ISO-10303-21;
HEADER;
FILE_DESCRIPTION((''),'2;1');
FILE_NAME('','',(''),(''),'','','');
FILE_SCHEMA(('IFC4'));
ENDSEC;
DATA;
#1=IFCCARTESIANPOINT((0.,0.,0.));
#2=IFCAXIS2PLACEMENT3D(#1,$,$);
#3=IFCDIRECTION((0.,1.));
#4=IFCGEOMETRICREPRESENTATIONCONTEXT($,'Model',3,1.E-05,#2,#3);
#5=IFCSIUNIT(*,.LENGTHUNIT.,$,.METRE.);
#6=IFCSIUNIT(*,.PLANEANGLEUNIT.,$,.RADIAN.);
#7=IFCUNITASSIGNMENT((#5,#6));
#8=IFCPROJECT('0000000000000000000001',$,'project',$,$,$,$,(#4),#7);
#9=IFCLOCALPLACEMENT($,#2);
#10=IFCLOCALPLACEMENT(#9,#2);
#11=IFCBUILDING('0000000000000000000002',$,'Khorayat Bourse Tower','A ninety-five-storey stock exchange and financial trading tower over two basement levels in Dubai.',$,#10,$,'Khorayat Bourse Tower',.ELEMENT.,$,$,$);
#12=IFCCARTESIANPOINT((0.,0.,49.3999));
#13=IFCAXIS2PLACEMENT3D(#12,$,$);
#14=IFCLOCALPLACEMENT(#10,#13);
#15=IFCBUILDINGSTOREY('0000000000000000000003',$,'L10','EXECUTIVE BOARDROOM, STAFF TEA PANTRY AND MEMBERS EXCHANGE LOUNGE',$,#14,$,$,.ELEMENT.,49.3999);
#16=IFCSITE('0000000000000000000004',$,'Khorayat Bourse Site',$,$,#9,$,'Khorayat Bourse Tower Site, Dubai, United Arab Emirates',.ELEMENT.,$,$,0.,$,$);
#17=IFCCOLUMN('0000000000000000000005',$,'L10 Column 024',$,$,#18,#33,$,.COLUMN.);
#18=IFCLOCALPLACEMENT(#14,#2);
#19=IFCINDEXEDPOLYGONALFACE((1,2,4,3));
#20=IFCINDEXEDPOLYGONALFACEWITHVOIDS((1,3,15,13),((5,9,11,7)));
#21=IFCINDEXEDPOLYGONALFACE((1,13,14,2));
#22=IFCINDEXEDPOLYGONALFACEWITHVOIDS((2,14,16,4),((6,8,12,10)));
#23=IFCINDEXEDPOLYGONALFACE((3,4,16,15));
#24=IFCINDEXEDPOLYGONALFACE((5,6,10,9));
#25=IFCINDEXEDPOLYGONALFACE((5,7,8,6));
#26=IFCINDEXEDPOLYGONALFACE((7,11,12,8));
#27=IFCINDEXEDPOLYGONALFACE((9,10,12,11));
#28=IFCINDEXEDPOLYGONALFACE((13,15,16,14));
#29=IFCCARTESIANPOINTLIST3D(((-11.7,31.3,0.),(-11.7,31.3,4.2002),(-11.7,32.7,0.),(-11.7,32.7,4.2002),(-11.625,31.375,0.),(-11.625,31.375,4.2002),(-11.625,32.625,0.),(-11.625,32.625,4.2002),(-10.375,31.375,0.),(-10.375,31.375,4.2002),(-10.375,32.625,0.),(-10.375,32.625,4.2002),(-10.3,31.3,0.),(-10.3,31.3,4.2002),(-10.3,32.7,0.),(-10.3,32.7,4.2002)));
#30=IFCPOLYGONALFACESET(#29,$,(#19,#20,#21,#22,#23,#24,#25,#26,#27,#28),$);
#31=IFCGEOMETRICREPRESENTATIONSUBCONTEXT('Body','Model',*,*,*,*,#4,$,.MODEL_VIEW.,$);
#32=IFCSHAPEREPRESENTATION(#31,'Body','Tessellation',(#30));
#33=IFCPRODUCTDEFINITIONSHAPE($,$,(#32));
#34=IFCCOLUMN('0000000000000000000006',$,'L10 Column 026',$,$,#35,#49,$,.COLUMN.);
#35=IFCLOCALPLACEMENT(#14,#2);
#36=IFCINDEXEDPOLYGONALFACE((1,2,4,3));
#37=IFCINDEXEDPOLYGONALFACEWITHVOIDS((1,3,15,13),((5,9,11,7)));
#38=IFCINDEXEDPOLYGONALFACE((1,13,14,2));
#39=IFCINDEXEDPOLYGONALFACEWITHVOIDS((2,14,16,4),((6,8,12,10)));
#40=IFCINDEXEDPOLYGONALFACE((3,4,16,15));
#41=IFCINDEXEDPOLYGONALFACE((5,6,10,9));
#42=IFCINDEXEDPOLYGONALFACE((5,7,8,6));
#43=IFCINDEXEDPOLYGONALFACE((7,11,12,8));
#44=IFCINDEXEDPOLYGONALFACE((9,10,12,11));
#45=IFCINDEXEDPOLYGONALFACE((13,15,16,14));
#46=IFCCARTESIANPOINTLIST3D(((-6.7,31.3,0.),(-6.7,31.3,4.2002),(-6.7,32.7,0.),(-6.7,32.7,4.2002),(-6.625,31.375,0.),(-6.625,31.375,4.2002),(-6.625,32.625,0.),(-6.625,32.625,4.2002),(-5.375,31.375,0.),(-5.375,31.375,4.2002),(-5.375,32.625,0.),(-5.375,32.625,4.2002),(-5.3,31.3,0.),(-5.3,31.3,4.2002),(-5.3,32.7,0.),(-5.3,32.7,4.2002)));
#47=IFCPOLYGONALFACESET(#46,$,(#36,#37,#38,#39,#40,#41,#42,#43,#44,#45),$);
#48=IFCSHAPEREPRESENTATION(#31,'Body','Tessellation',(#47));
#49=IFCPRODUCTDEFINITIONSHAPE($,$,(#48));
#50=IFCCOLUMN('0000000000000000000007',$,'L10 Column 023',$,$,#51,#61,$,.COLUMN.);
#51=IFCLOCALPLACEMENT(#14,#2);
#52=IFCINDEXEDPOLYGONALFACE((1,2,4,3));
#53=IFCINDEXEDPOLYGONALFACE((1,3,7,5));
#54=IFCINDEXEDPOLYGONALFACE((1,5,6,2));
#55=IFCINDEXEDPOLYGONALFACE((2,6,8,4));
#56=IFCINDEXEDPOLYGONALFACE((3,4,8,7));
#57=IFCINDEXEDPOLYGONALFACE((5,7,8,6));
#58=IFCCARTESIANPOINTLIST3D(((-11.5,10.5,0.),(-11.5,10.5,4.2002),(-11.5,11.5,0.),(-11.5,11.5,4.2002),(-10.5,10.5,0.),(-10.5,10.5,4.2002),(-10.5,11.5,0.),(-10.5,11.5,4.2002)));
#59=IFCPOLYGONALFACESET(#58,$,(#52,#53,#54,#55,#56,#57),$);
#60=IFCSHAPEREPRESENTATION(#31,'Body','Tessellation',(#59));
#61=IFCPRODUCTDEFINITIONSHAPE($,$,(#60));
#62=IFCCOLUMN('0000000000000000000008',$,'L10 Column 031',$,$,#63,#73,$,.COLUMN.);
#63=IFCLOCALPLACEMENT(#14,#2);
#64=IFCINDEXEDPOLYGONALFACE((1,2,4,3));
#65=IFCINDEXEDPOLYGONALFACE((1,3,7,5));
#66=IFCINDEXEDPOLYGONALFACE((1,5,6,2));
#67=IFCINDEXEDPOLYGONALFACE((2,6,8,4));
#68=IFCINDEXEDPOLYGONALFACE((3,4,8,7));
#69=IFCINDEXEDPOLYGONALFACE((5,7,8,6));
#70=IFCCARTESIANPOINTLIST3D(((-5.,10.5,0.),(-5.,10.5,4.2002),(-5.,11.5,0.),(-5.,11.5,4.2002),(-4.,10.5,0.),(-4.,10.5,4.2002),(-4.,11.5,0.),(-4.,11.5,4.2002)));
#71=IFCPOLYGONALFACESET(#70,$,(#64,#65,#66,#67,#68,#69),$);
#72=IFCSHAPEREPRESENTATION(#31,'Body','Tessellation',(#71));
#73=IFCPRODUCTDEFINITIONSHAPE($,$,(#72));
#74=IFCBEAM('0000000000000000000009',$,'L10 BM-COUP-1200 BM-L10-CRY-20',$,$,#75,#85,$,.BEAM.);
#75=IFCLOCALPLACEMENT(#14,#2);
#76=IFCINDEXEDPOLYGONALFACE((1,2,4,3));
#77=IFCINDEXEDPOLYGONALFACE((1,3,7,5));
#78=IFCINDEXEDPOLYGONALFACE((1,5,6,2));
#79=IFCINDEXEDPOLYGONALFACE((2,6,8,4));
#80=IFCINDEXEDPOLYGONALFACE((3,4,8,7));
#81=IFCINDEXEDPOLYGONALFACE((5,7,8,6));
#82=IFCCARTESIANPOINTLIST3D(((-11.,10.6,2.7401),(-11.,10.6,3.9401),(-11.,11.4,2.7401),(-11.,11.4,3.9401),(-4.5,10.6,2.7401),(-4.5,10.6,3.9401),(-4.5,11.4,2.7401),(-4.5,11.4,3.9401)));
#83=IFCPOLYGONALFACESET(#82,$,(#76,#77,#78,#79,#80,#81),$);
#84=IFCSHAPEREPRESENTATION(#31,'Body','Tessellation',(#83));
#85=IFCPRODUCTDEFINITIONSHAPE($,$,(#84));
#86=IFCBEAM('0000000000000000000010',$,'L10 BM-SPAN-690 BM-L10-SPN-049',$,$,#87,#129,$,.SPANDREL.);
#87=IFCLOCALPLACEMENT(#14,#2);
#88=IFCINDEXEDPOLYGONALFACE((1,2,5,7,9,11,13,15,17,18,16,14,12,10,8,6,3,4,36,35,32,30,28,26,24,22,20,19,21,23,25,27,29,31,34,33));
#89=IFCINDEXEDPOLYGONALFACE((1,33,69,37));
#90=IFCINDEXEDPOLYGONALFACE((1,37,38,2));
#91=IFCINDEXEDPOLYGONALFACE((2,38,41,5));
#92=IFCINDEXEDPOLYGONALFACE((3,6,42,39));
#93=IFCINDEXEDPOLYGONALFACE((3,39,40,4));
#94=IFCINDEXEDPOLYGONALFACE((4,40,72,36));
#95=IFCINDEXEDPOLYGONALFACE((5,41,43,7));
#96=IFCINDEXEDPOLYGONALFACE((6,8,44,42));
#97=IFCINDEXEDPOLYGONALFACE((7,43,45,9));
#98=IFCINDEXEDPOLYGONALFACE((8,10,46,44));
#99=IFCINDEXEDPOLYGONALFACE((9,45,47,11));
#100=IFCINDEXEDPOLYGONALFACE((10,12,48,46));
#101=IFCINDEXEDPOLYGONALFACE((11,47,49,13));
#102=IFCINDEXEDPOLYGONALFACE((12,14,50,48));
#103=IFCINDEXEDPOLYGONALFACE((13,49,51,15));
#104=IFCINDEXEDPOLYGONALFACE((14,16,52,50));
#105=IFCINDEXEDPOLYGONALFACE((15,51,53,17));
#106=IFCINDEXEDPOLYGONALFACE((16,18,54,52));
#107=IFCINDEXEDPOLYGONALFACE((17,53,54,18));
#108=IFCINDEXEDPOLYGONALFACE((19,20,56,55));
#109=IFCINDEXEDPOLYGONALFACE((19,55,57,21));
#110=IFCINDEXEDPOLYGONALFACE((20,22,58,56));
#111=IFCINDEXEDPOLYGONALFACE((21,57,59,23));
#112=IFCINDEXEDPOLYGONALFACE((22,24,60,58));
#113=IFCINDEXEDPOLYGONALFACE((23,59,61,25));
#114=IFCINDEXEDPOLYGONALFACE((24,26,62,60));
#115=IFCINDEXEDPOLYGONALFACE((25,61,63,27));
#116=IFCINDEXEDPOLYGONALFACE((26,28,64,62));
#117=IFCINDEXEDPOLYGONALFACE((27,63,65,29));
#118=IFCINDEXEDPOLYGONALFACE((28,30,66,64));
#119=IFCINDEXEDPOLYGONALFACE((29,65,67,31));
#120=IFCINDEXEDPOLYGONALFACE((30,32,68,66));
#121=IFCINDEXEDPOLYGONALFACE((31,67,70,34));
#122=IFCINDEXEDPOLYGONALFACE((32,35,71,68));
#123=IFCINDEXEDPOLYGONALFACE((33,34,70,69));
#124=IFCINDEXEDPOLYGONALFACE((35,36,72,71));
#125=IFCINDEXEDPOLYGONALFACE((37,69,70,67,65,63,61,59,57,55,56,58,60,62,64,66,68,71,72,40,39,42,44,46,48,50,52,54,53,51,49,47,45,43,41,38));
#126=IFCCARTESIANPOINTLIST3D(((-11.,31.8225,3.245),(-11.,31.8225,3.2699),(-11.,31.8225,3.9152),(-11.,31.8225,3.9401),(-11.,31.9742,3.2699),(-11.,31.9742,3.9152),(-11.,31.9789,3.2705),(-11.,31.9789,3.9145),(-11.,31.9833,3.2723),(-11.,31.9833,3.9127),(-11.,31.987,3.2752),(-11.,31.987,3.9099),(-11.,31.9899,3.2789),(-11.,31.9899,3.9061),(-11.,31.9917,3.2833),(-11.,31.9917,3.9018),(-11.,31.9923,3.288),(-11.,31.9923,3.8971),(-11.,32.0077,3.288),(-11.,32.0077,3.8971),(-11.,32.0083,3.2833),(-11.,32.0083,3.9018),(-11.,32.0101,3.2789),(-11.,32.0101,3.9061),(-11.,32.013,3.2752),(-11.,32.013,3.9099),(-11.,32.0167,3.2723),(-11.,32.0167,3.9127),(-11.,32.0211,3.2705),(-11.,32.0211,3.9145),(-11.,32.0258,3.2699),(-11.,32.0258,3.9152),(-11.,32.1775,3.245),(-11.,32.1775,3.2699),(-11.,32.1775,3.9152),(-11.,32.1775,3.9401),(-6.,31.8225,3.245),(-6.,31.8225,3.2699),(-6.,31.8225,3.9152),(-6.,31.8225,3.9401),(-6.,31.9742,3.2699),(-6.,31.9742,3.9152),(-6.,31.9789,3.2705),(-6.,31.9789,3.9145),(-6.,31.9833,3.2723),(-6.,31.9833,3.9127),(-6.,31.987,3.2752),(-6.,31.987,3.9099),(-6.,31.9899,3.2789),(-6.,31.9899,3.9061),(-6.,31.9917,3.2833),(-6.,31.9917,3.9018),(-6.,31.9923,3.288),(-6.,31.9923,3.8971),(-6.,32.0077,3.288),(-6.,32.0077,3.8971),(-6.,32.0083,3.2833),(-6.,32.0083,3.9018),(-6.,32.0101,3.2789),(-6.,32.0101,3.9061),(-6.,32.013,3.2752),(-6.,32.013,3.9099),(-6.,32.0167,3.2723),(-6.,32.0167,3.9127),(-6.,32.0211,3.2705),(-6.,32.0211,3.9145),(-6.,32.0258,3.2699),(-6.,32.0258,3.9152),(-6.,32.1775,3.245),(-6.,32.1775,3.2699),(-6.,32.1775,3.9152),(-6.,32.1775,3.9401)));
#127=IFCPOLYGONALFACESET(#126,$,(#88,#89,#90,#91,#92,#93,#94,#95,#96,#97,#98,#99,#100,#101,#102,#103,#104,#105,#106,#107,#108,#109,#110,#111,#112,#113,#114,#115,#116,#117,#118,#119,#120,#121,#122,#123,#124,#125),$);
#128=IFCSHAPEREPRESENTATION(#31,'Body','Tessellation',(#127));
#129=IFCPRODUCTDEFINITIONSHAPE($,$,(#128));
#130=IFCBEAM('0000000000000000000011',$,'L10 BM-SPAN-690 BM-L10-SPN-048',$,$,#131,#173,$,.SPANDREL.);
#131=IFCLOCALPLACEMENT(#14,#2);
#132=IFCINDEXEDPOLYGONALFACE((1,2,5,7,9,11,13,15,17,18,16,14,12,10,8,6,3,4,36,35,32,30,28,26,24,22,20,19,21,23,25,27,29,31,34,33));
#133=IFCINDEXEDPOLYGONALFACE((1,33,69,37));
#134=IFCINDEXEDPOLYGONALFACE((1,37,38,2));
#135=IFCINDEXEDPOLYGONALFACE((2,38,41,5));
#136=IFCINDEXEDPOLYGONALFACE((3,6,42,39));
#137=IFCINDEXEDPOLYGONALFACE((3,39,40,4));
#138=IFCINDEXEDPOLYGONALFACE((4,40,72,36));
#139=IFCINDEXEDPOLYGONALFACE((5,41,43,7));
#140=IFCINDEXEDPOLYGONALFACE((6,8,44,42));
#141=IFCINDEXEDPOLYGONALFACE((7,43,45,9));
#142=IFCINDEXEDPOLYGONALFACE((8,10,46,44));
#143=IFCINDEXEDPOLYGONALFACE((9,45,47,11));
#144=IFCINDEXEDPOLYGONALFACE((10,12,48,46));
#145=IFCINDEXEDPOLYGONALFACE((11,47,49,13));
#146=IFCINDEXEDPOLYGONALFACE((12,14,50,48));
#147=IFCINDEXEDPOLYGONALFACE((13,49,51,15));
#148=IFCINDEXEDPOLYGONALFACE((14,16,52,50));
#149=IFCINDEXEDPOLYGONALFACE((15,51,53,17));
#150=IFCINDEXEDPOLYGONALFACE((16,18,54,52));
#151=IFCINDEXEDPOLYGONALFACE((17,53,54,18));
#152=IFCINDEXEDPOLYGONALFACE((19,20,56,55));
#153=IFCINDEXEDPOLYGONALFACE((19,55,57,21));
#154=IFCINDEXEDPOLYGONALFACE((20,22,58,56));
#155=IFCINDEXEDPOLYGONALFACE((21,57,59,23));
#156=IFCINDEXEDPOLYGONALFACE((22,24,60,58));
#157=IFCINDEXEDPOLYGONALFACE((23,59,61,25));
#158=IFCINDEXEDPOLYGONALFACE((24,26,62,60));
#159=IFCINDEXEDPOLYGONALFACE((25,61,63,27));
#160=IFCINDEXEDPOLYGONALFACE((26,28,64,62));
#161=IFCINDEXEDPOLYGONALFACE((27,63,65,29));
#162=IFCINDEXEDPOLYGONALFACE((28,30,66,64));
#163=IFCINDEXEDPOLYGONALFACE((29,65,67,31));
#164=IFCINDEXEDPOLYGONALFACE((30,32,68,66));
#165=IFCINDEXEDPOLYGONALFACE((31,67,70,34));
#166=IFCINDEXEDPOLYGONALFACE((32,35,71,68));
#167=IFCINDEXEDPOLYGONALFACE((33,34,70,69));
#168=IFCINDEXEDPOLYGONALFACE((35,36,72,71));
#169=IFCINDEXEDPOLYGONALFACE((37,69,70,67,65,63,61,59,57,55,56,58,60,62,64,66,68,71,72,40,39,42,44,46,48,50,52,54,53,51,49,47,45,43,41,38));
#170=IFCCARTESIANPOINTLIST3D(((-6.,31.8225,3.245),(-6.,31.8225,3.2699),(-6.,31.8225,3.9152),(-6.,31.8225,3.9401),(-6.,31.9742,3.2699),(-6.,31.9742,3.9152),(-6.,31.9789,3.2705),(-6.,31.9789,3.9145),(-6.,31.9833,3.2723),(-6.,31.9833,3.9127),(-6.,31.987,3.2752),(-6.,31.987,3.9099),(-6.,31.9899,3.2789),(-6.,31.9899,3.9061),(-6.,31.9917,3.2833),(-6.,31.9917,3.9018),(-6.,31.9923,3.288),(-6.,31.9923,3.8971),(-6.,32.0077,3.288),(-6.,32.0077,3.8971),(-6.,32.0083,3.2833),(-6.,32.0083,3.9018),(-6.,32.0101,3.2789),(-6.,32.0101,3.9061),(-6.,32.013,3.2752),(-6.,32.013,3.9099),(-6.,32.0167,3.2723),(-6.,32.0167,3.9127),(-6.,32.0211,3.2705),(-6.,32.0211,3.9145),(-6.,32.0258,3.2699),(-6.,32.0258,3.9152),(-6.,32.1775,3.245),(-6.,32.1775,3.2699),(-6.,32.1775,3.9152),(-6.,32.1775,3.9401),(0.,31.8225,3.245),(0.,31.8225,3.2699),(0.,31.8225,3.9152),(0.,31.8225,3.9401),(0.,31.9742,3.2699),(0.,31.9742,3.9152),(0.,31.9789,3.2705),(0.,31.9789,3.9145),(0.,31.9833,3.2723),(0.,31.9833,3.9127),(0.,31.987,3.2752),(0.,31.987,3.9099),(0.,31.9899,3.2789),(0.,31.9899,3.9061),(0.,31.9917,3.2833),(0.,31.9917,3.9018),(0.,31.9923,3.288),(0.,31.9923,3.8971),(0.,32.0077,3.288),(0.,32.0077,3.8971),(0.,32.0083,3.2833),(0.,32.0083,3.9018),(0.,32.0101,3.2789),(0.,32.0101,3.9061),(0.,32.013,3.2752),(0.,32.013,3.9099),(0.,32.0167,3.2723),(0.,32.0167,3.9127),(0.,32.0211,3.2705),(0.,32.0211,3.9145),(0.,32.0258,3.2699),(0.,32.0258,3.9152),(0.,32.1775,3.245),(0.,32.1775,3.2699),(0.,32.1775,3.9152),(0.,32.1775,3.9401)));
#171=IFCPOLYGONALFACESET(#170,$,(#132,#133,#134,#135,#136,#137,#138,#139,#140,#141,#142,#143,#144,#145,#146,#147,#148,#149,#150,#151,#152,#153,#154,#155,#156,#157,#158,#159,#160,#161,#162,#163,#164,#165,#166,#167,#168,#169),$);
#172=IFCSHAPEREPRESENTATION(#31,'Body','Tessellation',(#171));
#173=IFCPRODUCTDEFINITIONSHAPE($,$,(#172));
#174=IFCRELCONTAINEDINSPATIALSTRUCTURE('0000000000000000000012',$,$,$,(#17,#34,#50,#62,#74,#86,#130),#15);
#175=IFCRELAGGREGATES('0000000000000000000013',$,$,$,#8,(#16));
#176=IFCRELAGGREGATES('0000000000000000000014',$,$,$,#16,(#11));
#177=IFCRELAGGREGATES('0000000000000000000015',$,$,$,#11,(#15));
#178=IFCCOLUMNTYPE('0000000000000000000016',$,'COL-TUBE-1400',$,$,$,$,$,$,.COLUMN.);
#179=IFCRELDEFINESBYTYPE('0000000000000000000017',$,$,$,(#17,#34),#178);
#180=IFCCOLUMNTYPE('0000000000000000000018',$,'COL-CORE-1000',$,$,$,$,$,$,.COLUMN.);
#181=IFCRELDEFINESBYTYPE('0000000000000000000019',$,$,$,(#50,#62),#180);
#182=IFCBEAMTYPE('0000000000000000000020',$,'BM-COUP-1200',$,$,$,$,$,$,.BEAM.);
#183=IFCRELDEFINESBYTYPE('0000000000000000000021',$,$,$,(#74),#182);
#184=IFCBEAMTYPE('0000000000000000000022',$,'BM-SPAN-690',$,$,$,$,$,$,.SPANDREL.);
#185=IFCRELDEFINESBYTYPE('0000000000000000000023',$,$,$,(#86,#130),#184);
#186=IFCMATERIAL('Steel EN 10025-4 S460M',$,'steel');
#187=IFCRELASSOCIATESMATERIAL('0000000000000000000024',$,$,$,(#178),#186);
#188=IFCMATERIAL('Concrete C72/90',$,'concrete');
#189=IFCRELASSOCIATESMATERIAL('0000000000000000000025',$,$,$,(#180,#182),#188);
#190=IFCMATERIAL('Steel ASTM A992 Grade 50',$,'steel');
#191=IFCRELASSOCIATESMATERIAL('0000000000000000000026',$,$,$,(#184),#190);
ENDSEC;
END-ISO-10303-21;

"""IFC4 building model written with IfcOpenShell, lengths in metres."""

from ifc_helpers import new_model, si_unit, direction, frame, origin, origin_2d, place, context, subcontext, project, spatial, rectangle, hollow_rectangle, i_section, extrude, source, transform, mapped, material, material_profile, profile_set, type_object, element, save


model = new_model("IFC4")

# Units and contexts
model_context = context("Model", 3, precision=1e-05, world=origin(), true_north=direction((0.0, 1.0)))
body_context = subcontext(model_context, "Body", "Model", "MODEL_VIEW")
ifc_project = project(units=[si_unit("LENGTHUNIT", "METRE"), si_unit("PLANEANGLEUNIT", "RADIAN")], contexts=[model_context])

# Site, building, storey
site_placement = place(None, origin())
site = spatial("IfcSite", under=ifc_project, at=site_placement, Name="Khorayat Bourse Site", LongName="Khorayat Bourse Tower Site, Dubai, United Arab Emirates", CompositionType="ELEMENT", RefElevation=0.0)
building_placement = place(site_placement, origin())
building = spatial("IfcBuilding", under=site, at=building_placement, Name="Khorayat Bourse Tower", Description="A ninety-five-storey stock exchange and financial trading tower over two basement levels in Dubai.", LongName="Khorayat Bourse Tower", CompositionType="ELEMENT")
storey_placement = place(building_placement, frame((0.0, 0.0, 49.3999)))
storey = spatial("IfcBuildingStorey", under=building, at=storey_placement, Name="L10", Description="EXECUTIVE BOARDROOM, STAFF TEA PANTRY AND MEMBERS EXCHANGE LOUNGE", CompositionType="ELEMENT", Elevation=49.3999)

# Columns
ifc_material_1 = material(Name="Steel EN 10025-4 S460M", Category="steel")
ifc_material_profile_1 = material_profile(ifc_material_1, hollow_rectangle(XDim=1.3999, YDim=1.3999, WallThickness=0.075, at=origin_2d()), Name="BOX 1400x1400x75")
ifc_profile_set_1 = profile_set([ifc_material_profile_1], Name="Steel EN 10025-4 S460M")
column_type_1 = type_object("IfcColumnType", Name="COL-TUBE-1400", PredefinedType="COLUMN", material=ifc_profile_set_1)
shared_shape_1 = source(origin(), body_context, "Body", "SweptSolid", [
    extrude(hollow_rectangle(XDim=1.3999, YDim=1.3999, WallThickness=0.075, at=origin_2d()), origin(), (0.0, 0.0, 1.0), 4.2002),
])
for number, where, z_axis, x_axis, name in (
    (1, (-11.0, 32.0, 0.0), (0.0, 0.0, 1.0), (1.0, 0.0, 0.0), "L10 Column 024"),
    (2, (-6.0, 32.0, 0.0), (0.0, 0.0, 1.0), (1.0, 0.0, 0.0), "L10 Column 026"),
):
    element("IfcColumn", number, at=place(storey_placement, frame(where, z_axis=z_axis, x_axis=x_axis)), inside=storey, type_object=column_type_1, Name=name, PredefinedType="COLUMN", context=body_context, shape_type="MappedRepresentation", body=[
        mapped(shared_shape_1, transform((0.0, 0.0, 0.0), scale=1.0)),
    ])
ifc_material_2 = material(Name="Concrete C72/90", Category="concrete")
ifc_material_profile_2 = material_profile(ifc_material_2, rectangle(XDim=1.0, YDim=1.0, at=origin_2d()), Name="RC 1000x1000")
ifc_profile_set_2 = profile_set([ifc_material_profile_2], Name="Concrete C72/90")
column_type_2 = type_object("IfcColumnType", Name="COL-CORE-1000", PredefinedType="COLUMN", material=ifc_profile_set_2)
shared_shape_2 = source(origin(), body_context, "Body", "SweptSolid", [
    extrude(rectangle(XDim=1.0, YDim=1.0, at=origin_2d()), origin(), (0.0, 0.0, 1.0), 4.2002),
])
for number, where, z_axis, x_axis, name in (
    (3, (-11.0, 11.0, 0.0), (0.0, 0.0, 1.0), (1.0, 0.0, 0.0), "L10 Column 023"),
    (4, (-4.5, 11.0, 0.0), (0.0, 0.0, 1.0), (1.0, 0.0, 0.0), "L10 Column 031"),
):
    element("IfcColumn", number, at=place(storey_placement, frame(where, z_axis=z_axis, x_axis=x_axis)), inside=storey, type_object=column_type_2, Name=name, PredefinedType="COLUMN", context=body_context, shape_type="MappedRepresentation", body=[
        mapped(shared_shape_2, transform((0.0, 0.0, 0.0), scale=1.0)),
    ])

# Beams
ifc_material_profile_3 = material_profile(ifc_material_2, rectangle(XDim=0.8, YDim=1.2, at=origin_2d()), Name="RC 800x1200")
ifc_profile_set_3 = profile_set([ifc_material_profile_3], Name="Concrete C72/90")
beam_type_1 = type_object("IfcBeamType", Name="BM-COUP-1200", PredefinedType="BEAM", material=ifc_profile_set_3)
shared_shape_3 = source(origin(), body_context, "Body", "SweptSolid", [
    extrude(rectangle(XDim=0.8, YDim=1.2, at=origin_2d()), origin(), (0.0, 0.0, 1.0), 6.5),
])
beam_1_placement = place(storey_placement, frame((-11.0, 11.0, 3.3401), z_axis=(1.0, 0.0, 0.0), x_axis=(0.0, 1.0, 0.0)))
element("IfcBeam", 5, at=beam_1_placement, inside=storey, type_object=beam_type_1, Name="L10 BM-COUP-1200 BM-L10-CRY-20", PredefinedType="BEAM", context=body_context, shape_type="MappedRepresentation", body=[
    mapped(shared_shape_3, transform((0.0, 0.0, 0.0), scale=1.0)),
])
ifc_material_3 = material(Name="Steel ASTM A992 Grade 50", Category="steel")
ifc_material_profile_4 = material_profile(ifc_material_3, i_section(OverallWidth=0.355, OverallDepth=0.6951, WebThickness=0.0154, FlangeThickness=0.0249, FilletRadius=0.0181, at=origin_2d()), Name="W690X217")
ifc_profile_set_4 = profile_set([ifc_material_profile_4], Name="Steel ASTM A992 Grade 50")
beam_type_2 = type_object("IfcBeamType", Name="BM-SPAN-690", PredefinedType="SPANDREL", material=ifc_profile_set_4)
shared_shape_4 = source(origin(), body_context, "Body", "SweptSolid", [
    extrude(i_section(OverallWidth=0.355, OverallDepth=0.6951, WebThickness=0.0154, FlangeThickness=0.0249, FilletRadius=0.0181, at=origin_2d()), origin(), (0.0, 0.0, 1.0), 5.0),
])
beam_2_placement = place(storey_placement, frame((-11.0, 32.0, 3.5925), z_axis=(1.0, 0.0, 0.0), x_axis=(0.0, 1.0, 0.0)))
element("IfcBeam", 6, at=beam_2_placement, inside=storey, type_object=beam_type_2, Name="L10 BM-SPAN-690 BM-L10-SPN-049", PredefinedType="SPANDREL", context=body_context, shape_type="MappedRepresentation", body=[
    mapped(shared_shape_4, transform((0.0, 0.0, 0.0), scale=1.0)),
])
shared_shape_5 = source(origin(), body_context, "Body", "SweptSolid", [
    extrude(i_section(OverallWidth=0.355, OverallDepth=0.6951, WebThickness=0.0154, FlangeThickness=0.0249, FilletRadius=0.0181, at=origin_2d()), origin(), (0.0, 0.0, 1.0), 6.0),
])
beam_3_placement = place(storey_placement, frame((-6.0, 32.0, 3.5925), z_axis=(1.0, 0.0, 0.0), x_axis=(0.0, 1.0, 0.0)))
element("IfcBeam", 7, at=beam_3_placement, inside=storey, type_object=beam_type_2, Name="L10 BM-SPAN-690 BM-L10-SPN-048", PredefinedType="SPANDREL", context=body_context, shape_type="MappedRepresentation", body=[
    mapped(shared_shape_5, transform((0.0, 0.0, 0.0), scale=1.0)),
])

save(model, "model.ifc")
